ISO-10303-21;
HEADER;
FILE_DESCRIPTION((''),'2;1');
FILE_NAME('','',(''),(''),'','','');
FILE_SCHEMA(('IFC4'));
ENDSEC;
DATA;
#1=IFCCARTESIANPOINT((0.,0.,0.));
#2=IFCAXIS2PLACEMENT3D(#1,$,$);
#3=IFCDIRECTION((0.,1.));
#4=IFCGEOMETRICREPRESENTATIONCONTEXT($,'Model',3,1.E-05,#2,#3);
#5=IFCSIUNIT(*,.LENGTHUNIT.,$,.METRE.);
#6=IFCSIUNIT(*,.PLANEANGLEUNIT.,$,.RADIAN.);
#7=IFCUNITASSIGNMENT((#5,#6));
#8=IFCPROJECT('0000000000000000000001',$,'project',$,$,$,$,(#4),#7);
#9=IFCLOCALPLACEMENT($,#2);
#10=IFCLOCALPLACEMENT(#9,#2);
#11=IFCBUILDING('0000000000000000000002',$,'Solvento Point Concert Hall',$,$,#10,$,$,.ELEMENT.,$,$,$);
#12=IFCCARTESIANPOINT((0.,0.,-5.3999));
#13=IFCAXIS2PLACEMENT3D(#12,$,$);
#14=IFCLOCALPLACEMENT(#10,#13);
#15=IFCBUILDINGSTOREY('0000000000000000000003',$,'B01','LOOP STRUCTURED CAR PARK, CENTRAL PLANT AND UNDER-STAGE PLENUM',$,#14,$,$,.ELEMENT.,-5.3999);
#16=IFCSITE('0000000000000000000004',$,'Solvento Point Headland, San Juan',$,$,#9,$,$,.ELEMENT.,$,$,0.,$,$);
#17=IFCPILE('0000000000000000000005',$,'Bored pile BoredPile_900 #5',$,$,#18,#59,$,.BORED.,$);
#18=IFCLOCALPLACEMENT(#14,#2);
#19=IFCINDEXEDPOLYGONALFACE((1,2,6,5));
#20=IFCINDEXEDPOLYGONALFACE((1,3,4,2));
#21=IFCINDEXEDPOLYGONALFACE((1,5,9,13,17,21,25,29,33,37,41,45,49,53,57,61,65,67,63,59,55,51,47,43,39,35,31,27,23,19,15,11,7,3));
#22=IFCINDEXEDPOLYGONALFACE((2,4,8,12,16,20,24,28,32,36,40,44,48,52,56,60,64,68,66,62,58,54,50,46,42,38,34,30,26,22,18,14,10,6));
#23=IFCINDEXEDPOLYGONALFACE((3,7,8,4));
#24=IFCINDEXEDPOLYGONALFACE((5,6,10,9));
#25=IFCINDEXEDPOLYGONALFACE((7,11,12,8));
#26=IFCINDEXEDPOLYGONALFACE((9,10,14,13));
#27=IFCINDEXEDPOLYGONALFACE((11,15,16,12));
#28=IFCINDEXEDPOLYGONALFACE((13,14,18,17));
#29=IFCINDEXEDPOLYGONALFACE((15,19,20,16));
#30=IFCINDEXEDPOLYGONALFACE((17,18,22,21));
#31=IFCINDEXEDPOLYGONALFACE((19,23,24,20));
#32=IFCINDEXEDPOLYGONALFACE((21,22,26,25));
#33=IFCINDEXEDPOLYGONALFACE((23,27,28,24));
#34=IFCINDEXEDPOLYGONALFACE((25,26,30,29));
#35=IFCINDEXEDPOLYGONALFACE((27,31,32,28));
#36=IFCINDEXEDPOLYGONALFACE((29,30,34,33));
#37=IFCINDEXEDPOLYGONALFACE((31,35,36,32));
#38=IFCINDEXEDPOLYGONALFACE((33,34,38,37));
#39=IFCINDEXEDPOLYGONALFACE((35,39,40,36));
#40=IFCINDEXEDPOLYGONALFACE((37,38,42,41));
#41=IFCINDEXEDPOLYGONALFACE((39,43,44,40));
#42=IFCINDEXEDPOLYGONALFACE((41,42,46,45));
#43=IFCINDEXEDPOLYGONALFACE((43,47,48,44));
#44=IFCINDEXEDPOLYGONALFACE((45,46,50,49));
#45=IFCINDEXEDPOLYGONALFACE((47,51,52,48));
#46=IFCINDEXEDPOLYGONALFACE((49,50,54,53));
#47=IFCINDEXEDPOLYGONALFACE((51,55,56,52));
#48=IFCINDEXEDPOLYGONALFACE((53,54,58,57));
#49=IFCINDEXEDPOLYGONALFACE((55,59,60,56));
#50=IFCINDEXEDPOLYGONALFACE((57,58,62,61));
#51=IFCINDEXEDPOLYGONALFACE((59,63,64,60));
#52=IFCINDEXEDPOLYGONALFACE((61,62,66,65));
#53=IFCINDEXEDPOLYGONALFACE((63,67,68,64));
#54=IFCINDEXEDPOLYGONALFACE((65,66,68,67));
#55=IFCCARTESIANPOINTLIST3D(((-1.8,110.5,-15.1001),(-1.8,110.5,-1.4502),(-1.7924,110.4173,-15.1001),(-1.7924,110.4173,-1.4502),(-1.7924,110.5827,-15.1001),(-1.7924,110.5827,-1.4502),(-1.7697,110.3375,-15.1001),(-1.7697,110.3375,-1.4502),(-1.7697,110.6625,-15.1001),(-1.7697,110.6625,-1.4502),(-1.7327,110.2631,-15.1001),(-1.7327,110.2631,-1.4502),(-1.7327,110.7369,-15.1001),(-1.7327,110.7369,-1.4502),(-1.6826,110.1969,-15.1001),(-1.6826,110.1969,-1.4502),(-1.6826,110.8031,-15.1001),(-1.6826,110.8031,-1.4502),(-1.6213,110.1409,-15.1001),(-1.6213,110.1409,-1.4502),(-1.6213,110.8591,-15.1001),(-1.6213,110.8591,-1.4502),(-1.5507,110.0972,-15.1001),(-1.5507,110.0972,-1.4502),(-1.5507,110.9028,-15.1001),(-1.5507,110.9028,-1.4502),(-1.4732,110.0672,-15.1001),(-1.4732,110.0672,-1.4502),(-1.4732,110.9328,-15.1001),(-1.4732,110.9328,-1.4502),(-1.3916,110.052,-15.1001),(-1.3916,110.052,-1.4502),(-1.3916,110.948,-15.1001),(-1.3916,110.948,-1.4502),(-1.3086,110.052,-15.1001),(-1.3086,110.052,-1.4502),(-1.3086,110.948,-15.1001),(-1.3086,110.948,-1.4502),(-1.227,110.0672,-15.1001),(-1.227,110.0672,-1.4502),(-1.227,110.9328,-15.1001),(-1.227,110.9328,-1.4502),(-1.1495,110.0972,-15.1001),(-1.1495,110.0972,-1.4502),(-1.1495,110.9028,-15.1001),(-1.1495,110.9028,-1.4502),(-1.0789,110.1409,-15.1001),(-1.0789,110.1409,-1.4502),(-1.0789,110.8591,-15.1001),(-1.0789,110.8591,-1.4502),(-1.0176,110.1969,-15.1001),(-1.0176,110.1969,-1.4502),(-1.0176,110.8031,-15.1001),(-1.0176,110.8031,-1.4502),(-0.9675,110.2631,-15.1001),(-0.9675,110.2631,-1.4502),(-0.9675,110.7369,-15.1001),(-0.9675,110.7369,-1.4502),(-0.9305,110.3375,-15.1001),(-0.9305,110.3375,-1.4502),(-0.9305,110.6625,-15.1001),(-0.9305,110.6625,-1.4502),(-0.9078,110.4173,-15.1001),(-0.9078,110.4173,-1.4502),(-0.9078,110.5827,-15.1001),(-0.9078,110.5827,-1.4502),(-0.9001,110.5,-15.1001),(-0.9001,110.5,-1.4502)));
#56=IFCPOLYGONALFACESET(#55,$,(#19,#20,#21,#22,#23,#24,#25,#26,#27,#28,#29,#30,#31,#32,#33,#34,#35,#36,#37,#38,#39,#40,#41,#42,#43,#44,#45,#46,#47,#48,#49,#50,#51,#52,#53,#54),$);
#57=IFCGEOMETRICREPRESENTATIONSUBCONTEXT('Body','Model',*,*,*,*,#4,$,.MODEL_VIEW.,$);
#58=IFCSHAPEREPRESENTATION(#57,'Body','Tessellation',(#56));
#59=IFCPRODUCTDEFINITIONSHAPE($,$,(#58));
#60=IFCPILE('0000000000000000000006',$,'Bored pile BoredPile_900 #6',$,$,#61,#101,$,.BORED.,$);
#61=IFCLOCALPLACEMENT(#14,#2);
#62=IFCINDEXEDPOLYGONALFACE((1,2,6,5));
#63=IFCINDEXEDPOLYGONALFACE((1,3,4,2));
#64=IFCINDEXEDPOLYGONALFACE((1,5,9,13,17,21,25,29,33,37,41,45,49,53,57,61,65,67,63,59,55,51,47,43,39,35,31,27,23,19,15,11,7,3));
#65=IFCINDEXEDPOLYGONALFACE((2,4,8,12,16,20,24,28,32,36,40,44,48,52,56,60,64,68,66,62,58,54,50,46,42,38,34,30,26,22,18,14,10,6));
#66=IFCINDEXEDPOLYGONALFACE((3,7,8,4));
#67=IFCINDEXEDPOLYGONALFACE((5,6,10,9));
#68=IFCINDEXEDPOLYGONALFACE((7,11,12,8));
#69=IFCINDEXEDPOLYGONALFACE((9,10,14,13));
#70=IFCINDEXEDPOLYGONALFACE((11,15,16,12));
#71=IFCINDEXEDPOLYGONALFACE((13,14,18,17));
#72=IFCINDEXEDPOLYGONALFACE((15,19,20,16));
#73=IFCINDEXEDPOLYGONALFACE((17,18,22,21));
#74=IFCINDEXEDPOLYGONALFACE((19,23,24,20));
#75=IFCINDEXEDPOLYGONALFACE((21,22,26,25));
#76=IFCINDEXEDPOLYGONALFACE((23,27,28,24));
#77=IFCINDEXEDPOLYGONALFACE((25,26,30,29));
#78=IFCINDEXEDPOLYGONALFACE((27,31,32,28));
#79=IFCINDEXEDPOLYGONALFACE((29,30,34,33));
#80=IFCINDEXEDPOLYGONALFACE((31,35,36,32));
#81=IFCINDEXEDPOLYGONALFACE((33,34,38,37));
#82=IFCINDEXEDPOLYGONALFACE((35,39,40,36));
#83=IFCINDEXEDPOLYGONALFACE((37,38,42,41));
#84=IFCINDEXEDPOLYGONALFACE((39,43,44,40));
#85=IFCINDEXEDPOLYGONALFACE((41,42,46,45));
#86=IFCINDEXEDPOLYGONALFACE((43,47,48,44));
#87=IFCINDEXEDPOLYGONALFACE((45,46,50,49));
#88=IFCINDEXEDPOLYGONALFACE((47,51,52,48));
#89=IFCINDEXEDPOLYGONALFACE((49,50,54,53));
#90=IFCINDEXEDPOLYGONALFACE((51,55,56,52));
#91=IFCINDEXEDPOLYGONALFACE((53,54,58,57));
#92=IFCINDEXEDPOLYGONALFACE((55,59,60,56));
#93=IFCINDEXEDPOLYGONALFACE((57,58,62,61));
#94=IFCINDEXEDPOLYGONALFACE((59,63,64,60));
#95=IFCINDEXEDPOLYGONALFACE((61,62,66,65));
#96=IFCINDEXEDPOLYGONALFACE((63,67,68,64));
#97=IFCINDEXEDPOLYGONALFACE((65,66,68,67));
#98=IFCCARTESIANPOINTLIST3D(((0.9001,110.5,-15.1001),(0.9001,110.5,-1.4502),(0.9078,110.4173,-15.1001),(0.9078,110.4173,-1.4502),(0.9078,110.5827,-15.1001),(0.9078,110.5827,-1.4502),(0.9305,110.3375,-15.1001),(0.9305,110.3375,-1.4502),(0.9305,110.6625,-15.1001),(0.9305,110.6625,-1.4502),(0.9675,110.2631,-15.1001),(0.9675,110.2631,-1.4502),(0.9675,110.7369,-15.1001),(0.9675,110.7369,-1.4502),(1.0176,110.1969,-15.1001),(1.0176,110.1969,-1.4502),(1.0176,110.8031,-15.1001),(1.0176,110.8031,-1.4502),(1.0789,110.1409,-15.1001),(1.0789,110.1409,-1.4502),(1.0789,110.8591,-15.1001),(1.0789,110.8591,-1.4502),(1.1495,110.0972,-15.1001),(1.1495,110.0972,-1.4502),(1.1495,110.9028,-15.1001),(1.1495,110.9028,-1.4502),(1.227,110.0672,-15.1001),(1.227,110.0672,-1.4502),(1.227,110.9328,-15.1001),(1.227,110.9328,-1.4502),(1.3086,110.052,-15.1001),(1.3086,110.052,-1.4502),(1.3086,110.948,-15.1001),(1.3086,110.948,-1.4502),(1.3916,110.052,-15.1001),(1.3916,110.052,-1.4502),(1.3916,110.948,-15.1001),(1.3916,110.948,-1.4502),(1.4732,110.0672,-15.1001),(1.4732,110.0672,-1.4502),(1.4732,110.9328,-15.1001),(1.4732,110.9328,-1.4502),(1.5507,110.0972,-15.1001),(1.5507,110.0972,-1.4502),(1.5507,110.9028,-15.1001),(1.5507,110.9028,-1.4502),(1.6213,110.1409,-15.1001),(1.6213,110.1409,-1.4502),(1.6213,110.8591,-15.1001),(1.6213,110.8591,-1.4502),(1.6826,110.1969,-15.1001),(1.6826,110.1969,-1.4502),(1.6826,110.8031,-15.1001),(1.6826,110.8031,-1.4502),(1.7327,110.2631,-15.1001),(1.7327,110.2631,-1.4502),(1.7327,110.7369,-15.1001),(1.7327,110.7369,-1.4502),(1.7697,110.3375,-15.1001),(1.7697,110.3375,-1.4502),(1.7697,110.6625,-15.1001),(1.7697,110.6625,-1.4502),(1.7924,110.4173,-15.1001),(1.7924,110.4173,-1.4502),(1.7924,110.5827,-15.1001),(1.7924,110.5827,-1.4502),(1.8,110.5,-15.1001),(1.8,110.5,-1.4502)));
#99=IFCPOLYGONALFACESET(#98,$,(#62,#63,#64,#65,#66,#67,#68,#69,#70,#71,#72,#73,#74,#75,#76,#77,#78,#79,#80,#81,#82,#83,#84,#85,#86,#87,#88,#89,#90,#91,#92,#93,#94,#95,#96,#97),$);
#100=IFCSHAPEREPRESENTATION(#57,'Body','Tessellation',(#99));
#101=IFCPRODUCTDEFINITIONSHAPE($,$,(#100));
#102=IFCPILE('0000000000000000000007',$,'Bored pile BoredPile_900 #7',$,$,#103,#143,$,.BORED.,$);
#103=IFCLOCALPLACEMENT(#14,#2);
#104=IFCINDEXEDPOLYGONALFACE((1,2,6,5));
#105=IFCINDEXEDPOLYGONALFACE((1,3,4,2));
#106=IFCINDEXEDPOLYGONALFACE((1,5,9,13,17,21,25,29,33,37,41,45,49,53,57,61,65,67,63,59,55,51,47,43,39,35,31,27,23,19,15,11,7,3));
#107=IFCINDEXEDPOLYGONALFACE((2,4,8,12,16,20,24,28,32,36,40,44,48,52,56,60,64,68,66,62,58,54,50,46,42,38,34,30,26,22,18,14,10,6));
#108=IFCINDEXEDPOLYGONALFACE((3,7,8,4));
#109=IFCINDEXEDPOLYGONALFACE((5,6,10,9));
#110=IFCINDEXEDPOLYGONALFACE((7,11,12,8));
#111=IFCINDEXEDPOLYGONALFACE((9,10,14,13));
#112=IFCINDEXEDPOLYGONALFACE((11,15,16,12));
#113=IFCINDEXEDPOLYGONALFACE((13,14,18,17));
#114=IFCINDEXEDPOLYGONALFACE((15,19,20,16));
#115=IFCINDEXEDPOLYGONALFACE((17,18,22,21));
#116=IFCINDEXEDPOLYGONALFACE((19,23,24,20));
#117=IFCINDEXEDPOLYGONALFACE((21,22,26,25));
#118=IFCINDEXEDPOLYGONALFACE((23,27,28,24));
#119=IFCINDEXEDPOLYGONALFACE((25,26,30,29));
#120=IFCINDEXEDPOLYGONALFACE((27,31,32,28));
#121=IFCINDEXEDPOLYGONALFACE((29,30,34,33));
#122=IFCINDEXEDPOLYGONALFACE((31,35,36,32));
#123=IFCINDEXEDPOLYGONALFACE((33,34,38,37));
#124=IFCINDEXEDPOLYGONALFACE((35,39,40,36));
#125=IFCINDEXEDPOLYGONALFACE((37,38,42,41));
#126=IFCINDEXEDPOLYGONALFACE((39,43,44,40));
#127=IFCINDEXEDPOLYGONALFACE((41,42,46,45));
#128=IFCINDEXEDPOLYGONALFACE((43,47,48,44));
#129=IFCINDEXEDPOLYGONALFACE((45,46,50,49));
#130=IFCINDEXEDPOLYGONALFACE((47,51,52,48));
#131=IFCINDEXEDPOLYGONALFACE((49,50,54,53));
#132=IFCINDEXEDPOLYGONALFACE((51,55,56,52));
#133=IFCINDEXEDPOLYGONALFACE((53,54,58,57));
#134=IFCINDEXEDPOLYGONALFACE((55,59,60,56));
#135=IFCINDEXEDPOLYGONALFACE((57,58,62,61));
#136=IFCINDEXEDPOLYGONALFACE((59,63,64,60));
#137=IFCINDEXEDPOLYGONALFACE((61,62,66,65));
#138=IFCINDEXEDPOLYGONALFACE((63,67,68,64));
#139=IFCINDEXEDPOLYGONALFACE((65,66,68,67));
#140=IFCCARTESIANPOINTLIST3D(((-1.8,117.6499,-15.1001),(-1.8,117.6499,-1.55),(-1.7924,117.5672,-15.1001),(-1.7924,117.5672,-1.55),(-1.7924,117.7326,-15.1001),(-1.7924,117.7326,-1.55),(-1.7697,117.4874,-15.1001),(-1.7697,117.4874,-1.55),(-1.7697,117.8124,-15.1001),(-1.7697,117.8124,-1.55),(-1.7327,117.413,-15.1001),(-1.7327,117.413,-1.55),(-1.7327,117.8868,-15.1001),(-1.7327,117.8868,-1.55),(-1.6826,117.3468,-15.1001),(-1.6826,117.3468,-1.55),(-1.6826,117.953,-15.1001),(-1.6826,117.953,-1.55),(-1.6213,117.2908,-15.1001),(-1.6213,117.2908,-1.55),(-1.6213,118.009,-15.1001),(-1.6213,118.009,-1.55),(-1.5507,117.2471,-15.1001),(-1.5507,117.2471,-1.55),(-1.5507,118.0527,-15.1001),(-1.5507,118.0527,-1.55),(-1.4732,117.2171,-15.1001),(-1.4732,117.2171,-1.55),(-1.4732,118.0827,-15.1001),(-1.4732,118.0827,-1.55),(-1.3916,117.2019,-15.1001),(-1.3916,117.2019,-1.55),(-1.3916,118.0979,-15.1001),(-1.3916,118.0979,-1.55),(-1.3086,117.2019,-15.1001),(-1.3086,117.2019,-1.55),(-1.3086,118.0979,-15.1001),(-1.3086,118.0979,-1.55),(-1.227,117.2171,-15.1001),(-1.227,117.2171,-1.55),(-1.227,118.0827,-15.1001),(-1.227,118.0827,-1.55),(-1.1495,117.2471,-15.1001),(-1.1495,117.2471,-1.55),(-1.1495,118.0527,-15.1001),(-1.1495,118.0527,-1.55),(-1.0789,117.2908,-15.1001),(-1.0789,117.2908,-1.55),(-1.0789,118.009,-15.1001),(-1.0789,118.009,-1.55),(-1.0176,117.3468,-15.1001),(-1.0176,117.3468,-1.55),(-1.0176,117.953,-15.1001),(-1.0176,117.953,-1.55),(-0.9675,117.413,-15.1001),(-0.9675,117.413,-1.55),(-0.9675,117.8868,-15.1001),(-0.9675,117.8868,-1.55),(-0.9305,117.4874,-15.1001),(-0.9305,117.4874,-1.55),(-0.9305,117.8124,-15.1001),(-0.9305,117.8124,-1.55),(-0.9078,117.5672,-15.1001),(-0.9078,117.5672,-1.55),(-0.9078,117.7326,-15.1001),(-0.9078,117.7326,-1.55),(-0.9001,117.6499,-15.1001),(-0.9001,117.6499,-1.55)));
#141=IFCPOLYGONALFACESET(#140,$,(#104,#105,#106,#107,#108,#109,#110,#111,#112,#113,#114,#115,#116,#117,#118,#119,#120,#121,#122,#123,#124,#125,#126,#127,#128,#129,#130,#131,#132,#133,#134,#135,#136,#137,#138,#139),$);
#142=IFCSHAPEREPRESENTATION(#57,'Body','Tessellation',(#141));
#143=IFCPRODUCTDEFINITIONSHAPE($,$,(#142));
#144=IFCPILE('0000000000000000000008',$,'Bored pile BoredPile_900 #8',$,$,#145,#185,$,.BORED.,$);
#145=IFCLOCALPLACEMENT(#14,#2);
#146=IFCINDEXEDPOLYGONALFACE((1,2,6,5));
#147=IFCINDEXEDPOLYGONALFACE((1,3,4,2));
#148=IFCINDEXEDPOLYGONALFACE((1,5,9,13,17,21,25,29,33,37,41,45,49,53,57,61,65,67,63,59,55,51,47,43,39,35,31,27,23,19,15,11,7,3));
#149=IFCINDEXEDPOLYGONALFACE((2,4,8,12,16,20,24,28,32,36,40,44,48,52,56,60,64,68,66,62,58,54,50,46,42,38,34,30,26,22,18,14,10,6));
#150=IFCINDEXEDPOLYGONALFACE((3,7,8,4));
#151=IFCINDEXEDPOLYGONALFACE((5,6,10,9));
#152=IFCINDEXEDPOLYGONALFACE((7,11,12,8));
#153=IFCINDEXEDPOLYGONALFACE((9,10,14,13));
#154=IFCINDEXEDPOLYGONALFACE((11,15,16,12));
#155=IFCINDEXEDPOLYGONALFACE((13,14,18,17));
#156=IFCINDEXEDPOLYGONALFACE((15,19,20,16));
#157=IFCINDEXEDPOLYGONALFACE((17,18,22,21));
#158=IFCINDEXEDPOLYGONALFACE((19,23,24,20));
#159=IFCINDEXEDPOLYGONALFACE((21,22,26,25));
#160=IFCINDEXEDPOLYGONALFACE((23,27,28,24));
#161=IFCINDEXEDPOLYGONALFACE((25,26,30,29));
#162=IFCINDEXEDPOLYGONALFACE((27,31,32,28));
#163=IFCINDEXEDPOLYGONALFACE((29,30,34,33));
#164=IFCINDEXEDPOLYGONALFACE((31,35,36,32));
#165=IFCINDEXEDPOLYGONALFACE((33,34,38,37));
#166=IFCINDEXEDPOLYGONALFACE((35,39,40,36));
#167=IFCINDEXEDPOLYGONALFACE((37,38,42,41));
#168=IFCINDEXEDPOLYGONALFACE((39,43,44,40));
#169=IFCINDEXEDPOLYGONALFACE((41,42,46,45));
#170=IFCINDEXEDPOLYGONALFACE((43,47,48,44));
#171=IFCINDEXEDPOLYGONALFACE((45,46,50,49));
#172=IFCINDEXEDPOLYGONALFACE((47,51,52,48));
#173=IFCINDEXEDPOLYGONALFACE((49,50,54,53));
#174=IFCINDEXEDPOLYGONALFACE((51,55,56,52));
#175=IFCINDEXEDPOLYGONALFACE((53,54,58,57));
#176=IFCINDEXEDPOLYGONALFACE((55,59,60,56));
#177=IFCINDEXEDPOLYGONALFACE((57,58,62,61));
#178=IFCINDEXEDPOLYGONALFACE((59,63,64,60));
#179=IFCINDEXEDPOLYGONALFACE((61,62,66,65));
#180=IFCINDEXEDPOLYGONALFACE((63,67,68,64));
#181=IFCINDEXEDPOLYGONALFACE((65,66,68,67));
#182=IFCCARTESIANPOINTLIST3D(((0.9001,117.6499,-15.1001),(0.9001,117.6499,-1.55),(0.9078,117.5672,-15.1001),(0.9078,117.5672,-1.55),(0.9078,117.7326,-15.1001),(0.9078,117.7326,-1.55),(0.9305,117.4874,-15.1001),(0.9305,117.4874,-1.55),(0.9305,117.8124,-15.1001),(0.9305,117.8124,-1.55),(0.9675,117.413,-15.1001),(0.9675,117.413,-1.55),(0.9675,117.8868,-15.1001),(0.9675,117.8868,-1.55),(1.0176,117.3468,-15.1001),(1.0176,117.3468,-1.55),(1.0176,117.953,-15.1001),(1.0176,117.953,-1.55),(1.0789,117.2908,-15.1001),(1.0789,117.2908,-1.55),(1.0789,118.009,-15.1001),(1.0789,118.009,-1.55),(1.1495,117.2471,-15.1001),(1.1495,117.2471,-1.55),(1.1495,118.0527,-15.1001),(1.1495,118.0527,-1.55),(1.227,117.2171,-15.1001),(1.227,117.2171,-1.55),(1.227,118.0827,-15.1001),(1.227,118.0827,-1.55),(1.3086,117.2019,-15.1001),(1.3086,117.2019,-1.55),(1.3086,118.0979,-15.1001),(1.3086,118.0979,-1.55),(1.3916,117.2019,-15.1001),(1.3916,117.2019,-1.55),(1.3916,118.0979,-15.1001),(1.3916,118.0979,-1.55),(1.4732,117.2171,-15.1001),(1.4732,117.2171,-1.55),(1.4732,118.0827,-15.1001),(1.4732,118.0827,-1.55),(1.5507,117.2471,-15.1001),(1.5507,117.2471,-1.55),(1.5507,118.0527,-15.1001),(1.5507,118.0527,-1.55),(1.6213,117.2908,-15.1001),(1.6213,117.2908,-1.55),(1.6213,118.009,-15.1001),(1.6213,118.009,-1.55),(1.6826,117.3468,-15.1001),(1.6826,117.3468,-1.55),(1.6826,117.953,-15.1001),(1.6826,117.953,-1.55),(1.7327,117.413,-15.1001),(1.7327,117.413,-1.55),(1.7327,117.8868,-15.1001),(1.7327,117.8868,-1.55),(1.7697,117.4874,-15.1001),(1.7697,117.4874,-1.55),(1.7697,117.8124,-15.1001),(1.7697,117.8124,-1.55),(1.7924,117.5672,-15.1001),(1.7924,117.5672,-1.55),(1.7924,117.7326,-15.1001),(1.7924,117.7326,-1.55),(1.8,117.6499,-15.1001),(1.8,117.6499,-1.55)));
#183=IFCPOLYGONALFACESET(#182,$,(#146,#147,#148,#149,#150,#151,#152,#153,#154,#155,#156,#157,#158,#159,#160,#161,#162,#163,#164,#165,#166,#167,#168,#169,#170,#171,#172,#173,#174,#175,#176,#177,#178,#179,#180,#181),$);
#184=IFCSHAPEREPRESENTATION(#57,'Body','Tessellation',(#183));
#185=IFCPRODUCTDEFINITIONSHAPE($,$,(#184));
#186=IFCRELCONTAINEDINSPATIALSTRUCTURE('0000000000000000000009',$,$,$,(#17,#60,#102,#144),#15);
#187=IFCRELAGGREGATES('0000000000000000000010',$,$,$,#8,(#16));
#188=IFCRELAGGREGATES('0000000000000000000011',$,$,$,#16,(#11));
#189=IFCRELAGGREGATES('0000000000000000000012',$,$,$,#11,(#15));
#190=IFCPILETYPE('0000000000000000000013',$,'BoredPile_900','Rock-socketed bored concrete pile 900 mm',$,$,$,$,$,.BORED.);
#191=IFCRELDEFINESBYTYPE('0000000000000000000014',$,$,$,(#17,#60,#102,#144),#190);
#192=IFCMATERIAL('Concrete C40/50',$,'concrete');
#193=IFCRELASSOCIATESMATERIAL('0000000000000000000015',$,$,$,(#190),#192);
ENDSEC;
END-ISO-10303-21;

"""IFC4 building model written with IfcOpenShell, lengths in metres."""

from ifc_helpers import new_model, si_unit, direction, frame, origin, origin_2d, place, context, subcontext, project, spatial, circle, extrude, material, material_profile, profile_set, type_object, element, save


model = new_model("IFC4")

# Units and contexts
model_context = context("Model", 3, precision=1e-05, world=origin(), true_north=direction((0.0, 1.0)))
body_context = subcontext(model_context, "Body", "Model", "MODEL_VIEW")
ifc_project = project(units=[si_unit("LENGTHUNIT", "METRE"), si_unit("PLANEANGLEUNIT", "RADIAN")], contexts=[model_context])

# Site, building, storey
site_placement = place(None, origin())
site = spatial("IfcSite", under=ifc_project, at=site_placement, Name="Solvento Point Headland, San Juan", CompositionType="ELEMENT", RefElevation=0.0)
building_placement = place(site_placement, origin())
building = spatial("IfcBuilding", under=site, at=building_placement, Name="Solvento Point Concert Hall", CompositionType="ELEMENT")
storey_placement = place(building_placement, frame((0.0, 0.0, -5.3999)))
storey = spatial("IfcBuildingStorey", under=building, at=storey_placement, Name="B01", Description="LOOP STRUCTURED CAR PARK, CENTRAL PLANT AND UNDER-STAGE PLENUM", CompositionType="ELEMENT", Elevation=-5.3999)

# Piles
ifc_material_1 = material(Name="Concrete C40/50", Category="concrete")
ifc_material_profile_1 = material_profile(ifc_material_1, circle(Radius=0.45, at=origin_2d()), Name="BP-900")
ifc_profile_set_1 = profile_set([ifc_material_profile_1], Name="Concrete C40/50")
pile_type_1 = type_object("IfcPileType", Name="BoredPile_900", Description="Rock-socketed bored concrete pile 900 mm", PredefinedType="BORED", material=ifc_profile_set_1)
for number, where, z_axis, x_axis, name in (
    (1, (-1.3501, 110.5, -1.4502), (0.0, 0.0, -1.0), (1.0, 0.0, 0.0), "Bored pile BoredPile_900 #5"),
    (2, (1.3501, 110.5, -1.4502), (0.0, 0.0, -1.0), (1.0, 0.0, 0.0), "Bored pile BoredPile_900 #6"),
):
    element("IfcPile", number, at=place(storey_placement, frame(where, z_axis=z_axis, x_axis=x_axis)), inside=storey, type_object=pile_type_1, Name=name, PredefinedType="BORED", context=body_context, shape_type="SweptSolid", body=[
        extrude(circle(Radius=0.45, at=origin_2d()), origin(), (0.0, 0.0, 1.0), 13.6499),
    ])
for number, where, z_axis, x_axis, name in (
    (3, (-1.3501, 117.6499, -1.55), (0.0, 0.0, -1.0), (1.0, 0.0, 0.0), "Bored pile BoredPile_900 #7"),
    (4, (1.3501, 117.6499, -1.55), (0.0, 0.0, -1.0), (1.0, 0.0, 0.0), "Bored pile BoredPile_900 #8"),
):
    element("IfcPile", number, at=place(storey_placement, frame(where, z_axis=z_axis, x_axis=x_axis)), inside=storey, type_object=pile_type_1, Name=name, PredefinedType="BORED", context=body_context, shape_type="SweptSolid", body=[
        extrude(circle(Radius=0.45, at=origin_2d()), origin(), (0.0, 0.0, 1.0), 13.55),
    ])

save(model, "model.ifc")
